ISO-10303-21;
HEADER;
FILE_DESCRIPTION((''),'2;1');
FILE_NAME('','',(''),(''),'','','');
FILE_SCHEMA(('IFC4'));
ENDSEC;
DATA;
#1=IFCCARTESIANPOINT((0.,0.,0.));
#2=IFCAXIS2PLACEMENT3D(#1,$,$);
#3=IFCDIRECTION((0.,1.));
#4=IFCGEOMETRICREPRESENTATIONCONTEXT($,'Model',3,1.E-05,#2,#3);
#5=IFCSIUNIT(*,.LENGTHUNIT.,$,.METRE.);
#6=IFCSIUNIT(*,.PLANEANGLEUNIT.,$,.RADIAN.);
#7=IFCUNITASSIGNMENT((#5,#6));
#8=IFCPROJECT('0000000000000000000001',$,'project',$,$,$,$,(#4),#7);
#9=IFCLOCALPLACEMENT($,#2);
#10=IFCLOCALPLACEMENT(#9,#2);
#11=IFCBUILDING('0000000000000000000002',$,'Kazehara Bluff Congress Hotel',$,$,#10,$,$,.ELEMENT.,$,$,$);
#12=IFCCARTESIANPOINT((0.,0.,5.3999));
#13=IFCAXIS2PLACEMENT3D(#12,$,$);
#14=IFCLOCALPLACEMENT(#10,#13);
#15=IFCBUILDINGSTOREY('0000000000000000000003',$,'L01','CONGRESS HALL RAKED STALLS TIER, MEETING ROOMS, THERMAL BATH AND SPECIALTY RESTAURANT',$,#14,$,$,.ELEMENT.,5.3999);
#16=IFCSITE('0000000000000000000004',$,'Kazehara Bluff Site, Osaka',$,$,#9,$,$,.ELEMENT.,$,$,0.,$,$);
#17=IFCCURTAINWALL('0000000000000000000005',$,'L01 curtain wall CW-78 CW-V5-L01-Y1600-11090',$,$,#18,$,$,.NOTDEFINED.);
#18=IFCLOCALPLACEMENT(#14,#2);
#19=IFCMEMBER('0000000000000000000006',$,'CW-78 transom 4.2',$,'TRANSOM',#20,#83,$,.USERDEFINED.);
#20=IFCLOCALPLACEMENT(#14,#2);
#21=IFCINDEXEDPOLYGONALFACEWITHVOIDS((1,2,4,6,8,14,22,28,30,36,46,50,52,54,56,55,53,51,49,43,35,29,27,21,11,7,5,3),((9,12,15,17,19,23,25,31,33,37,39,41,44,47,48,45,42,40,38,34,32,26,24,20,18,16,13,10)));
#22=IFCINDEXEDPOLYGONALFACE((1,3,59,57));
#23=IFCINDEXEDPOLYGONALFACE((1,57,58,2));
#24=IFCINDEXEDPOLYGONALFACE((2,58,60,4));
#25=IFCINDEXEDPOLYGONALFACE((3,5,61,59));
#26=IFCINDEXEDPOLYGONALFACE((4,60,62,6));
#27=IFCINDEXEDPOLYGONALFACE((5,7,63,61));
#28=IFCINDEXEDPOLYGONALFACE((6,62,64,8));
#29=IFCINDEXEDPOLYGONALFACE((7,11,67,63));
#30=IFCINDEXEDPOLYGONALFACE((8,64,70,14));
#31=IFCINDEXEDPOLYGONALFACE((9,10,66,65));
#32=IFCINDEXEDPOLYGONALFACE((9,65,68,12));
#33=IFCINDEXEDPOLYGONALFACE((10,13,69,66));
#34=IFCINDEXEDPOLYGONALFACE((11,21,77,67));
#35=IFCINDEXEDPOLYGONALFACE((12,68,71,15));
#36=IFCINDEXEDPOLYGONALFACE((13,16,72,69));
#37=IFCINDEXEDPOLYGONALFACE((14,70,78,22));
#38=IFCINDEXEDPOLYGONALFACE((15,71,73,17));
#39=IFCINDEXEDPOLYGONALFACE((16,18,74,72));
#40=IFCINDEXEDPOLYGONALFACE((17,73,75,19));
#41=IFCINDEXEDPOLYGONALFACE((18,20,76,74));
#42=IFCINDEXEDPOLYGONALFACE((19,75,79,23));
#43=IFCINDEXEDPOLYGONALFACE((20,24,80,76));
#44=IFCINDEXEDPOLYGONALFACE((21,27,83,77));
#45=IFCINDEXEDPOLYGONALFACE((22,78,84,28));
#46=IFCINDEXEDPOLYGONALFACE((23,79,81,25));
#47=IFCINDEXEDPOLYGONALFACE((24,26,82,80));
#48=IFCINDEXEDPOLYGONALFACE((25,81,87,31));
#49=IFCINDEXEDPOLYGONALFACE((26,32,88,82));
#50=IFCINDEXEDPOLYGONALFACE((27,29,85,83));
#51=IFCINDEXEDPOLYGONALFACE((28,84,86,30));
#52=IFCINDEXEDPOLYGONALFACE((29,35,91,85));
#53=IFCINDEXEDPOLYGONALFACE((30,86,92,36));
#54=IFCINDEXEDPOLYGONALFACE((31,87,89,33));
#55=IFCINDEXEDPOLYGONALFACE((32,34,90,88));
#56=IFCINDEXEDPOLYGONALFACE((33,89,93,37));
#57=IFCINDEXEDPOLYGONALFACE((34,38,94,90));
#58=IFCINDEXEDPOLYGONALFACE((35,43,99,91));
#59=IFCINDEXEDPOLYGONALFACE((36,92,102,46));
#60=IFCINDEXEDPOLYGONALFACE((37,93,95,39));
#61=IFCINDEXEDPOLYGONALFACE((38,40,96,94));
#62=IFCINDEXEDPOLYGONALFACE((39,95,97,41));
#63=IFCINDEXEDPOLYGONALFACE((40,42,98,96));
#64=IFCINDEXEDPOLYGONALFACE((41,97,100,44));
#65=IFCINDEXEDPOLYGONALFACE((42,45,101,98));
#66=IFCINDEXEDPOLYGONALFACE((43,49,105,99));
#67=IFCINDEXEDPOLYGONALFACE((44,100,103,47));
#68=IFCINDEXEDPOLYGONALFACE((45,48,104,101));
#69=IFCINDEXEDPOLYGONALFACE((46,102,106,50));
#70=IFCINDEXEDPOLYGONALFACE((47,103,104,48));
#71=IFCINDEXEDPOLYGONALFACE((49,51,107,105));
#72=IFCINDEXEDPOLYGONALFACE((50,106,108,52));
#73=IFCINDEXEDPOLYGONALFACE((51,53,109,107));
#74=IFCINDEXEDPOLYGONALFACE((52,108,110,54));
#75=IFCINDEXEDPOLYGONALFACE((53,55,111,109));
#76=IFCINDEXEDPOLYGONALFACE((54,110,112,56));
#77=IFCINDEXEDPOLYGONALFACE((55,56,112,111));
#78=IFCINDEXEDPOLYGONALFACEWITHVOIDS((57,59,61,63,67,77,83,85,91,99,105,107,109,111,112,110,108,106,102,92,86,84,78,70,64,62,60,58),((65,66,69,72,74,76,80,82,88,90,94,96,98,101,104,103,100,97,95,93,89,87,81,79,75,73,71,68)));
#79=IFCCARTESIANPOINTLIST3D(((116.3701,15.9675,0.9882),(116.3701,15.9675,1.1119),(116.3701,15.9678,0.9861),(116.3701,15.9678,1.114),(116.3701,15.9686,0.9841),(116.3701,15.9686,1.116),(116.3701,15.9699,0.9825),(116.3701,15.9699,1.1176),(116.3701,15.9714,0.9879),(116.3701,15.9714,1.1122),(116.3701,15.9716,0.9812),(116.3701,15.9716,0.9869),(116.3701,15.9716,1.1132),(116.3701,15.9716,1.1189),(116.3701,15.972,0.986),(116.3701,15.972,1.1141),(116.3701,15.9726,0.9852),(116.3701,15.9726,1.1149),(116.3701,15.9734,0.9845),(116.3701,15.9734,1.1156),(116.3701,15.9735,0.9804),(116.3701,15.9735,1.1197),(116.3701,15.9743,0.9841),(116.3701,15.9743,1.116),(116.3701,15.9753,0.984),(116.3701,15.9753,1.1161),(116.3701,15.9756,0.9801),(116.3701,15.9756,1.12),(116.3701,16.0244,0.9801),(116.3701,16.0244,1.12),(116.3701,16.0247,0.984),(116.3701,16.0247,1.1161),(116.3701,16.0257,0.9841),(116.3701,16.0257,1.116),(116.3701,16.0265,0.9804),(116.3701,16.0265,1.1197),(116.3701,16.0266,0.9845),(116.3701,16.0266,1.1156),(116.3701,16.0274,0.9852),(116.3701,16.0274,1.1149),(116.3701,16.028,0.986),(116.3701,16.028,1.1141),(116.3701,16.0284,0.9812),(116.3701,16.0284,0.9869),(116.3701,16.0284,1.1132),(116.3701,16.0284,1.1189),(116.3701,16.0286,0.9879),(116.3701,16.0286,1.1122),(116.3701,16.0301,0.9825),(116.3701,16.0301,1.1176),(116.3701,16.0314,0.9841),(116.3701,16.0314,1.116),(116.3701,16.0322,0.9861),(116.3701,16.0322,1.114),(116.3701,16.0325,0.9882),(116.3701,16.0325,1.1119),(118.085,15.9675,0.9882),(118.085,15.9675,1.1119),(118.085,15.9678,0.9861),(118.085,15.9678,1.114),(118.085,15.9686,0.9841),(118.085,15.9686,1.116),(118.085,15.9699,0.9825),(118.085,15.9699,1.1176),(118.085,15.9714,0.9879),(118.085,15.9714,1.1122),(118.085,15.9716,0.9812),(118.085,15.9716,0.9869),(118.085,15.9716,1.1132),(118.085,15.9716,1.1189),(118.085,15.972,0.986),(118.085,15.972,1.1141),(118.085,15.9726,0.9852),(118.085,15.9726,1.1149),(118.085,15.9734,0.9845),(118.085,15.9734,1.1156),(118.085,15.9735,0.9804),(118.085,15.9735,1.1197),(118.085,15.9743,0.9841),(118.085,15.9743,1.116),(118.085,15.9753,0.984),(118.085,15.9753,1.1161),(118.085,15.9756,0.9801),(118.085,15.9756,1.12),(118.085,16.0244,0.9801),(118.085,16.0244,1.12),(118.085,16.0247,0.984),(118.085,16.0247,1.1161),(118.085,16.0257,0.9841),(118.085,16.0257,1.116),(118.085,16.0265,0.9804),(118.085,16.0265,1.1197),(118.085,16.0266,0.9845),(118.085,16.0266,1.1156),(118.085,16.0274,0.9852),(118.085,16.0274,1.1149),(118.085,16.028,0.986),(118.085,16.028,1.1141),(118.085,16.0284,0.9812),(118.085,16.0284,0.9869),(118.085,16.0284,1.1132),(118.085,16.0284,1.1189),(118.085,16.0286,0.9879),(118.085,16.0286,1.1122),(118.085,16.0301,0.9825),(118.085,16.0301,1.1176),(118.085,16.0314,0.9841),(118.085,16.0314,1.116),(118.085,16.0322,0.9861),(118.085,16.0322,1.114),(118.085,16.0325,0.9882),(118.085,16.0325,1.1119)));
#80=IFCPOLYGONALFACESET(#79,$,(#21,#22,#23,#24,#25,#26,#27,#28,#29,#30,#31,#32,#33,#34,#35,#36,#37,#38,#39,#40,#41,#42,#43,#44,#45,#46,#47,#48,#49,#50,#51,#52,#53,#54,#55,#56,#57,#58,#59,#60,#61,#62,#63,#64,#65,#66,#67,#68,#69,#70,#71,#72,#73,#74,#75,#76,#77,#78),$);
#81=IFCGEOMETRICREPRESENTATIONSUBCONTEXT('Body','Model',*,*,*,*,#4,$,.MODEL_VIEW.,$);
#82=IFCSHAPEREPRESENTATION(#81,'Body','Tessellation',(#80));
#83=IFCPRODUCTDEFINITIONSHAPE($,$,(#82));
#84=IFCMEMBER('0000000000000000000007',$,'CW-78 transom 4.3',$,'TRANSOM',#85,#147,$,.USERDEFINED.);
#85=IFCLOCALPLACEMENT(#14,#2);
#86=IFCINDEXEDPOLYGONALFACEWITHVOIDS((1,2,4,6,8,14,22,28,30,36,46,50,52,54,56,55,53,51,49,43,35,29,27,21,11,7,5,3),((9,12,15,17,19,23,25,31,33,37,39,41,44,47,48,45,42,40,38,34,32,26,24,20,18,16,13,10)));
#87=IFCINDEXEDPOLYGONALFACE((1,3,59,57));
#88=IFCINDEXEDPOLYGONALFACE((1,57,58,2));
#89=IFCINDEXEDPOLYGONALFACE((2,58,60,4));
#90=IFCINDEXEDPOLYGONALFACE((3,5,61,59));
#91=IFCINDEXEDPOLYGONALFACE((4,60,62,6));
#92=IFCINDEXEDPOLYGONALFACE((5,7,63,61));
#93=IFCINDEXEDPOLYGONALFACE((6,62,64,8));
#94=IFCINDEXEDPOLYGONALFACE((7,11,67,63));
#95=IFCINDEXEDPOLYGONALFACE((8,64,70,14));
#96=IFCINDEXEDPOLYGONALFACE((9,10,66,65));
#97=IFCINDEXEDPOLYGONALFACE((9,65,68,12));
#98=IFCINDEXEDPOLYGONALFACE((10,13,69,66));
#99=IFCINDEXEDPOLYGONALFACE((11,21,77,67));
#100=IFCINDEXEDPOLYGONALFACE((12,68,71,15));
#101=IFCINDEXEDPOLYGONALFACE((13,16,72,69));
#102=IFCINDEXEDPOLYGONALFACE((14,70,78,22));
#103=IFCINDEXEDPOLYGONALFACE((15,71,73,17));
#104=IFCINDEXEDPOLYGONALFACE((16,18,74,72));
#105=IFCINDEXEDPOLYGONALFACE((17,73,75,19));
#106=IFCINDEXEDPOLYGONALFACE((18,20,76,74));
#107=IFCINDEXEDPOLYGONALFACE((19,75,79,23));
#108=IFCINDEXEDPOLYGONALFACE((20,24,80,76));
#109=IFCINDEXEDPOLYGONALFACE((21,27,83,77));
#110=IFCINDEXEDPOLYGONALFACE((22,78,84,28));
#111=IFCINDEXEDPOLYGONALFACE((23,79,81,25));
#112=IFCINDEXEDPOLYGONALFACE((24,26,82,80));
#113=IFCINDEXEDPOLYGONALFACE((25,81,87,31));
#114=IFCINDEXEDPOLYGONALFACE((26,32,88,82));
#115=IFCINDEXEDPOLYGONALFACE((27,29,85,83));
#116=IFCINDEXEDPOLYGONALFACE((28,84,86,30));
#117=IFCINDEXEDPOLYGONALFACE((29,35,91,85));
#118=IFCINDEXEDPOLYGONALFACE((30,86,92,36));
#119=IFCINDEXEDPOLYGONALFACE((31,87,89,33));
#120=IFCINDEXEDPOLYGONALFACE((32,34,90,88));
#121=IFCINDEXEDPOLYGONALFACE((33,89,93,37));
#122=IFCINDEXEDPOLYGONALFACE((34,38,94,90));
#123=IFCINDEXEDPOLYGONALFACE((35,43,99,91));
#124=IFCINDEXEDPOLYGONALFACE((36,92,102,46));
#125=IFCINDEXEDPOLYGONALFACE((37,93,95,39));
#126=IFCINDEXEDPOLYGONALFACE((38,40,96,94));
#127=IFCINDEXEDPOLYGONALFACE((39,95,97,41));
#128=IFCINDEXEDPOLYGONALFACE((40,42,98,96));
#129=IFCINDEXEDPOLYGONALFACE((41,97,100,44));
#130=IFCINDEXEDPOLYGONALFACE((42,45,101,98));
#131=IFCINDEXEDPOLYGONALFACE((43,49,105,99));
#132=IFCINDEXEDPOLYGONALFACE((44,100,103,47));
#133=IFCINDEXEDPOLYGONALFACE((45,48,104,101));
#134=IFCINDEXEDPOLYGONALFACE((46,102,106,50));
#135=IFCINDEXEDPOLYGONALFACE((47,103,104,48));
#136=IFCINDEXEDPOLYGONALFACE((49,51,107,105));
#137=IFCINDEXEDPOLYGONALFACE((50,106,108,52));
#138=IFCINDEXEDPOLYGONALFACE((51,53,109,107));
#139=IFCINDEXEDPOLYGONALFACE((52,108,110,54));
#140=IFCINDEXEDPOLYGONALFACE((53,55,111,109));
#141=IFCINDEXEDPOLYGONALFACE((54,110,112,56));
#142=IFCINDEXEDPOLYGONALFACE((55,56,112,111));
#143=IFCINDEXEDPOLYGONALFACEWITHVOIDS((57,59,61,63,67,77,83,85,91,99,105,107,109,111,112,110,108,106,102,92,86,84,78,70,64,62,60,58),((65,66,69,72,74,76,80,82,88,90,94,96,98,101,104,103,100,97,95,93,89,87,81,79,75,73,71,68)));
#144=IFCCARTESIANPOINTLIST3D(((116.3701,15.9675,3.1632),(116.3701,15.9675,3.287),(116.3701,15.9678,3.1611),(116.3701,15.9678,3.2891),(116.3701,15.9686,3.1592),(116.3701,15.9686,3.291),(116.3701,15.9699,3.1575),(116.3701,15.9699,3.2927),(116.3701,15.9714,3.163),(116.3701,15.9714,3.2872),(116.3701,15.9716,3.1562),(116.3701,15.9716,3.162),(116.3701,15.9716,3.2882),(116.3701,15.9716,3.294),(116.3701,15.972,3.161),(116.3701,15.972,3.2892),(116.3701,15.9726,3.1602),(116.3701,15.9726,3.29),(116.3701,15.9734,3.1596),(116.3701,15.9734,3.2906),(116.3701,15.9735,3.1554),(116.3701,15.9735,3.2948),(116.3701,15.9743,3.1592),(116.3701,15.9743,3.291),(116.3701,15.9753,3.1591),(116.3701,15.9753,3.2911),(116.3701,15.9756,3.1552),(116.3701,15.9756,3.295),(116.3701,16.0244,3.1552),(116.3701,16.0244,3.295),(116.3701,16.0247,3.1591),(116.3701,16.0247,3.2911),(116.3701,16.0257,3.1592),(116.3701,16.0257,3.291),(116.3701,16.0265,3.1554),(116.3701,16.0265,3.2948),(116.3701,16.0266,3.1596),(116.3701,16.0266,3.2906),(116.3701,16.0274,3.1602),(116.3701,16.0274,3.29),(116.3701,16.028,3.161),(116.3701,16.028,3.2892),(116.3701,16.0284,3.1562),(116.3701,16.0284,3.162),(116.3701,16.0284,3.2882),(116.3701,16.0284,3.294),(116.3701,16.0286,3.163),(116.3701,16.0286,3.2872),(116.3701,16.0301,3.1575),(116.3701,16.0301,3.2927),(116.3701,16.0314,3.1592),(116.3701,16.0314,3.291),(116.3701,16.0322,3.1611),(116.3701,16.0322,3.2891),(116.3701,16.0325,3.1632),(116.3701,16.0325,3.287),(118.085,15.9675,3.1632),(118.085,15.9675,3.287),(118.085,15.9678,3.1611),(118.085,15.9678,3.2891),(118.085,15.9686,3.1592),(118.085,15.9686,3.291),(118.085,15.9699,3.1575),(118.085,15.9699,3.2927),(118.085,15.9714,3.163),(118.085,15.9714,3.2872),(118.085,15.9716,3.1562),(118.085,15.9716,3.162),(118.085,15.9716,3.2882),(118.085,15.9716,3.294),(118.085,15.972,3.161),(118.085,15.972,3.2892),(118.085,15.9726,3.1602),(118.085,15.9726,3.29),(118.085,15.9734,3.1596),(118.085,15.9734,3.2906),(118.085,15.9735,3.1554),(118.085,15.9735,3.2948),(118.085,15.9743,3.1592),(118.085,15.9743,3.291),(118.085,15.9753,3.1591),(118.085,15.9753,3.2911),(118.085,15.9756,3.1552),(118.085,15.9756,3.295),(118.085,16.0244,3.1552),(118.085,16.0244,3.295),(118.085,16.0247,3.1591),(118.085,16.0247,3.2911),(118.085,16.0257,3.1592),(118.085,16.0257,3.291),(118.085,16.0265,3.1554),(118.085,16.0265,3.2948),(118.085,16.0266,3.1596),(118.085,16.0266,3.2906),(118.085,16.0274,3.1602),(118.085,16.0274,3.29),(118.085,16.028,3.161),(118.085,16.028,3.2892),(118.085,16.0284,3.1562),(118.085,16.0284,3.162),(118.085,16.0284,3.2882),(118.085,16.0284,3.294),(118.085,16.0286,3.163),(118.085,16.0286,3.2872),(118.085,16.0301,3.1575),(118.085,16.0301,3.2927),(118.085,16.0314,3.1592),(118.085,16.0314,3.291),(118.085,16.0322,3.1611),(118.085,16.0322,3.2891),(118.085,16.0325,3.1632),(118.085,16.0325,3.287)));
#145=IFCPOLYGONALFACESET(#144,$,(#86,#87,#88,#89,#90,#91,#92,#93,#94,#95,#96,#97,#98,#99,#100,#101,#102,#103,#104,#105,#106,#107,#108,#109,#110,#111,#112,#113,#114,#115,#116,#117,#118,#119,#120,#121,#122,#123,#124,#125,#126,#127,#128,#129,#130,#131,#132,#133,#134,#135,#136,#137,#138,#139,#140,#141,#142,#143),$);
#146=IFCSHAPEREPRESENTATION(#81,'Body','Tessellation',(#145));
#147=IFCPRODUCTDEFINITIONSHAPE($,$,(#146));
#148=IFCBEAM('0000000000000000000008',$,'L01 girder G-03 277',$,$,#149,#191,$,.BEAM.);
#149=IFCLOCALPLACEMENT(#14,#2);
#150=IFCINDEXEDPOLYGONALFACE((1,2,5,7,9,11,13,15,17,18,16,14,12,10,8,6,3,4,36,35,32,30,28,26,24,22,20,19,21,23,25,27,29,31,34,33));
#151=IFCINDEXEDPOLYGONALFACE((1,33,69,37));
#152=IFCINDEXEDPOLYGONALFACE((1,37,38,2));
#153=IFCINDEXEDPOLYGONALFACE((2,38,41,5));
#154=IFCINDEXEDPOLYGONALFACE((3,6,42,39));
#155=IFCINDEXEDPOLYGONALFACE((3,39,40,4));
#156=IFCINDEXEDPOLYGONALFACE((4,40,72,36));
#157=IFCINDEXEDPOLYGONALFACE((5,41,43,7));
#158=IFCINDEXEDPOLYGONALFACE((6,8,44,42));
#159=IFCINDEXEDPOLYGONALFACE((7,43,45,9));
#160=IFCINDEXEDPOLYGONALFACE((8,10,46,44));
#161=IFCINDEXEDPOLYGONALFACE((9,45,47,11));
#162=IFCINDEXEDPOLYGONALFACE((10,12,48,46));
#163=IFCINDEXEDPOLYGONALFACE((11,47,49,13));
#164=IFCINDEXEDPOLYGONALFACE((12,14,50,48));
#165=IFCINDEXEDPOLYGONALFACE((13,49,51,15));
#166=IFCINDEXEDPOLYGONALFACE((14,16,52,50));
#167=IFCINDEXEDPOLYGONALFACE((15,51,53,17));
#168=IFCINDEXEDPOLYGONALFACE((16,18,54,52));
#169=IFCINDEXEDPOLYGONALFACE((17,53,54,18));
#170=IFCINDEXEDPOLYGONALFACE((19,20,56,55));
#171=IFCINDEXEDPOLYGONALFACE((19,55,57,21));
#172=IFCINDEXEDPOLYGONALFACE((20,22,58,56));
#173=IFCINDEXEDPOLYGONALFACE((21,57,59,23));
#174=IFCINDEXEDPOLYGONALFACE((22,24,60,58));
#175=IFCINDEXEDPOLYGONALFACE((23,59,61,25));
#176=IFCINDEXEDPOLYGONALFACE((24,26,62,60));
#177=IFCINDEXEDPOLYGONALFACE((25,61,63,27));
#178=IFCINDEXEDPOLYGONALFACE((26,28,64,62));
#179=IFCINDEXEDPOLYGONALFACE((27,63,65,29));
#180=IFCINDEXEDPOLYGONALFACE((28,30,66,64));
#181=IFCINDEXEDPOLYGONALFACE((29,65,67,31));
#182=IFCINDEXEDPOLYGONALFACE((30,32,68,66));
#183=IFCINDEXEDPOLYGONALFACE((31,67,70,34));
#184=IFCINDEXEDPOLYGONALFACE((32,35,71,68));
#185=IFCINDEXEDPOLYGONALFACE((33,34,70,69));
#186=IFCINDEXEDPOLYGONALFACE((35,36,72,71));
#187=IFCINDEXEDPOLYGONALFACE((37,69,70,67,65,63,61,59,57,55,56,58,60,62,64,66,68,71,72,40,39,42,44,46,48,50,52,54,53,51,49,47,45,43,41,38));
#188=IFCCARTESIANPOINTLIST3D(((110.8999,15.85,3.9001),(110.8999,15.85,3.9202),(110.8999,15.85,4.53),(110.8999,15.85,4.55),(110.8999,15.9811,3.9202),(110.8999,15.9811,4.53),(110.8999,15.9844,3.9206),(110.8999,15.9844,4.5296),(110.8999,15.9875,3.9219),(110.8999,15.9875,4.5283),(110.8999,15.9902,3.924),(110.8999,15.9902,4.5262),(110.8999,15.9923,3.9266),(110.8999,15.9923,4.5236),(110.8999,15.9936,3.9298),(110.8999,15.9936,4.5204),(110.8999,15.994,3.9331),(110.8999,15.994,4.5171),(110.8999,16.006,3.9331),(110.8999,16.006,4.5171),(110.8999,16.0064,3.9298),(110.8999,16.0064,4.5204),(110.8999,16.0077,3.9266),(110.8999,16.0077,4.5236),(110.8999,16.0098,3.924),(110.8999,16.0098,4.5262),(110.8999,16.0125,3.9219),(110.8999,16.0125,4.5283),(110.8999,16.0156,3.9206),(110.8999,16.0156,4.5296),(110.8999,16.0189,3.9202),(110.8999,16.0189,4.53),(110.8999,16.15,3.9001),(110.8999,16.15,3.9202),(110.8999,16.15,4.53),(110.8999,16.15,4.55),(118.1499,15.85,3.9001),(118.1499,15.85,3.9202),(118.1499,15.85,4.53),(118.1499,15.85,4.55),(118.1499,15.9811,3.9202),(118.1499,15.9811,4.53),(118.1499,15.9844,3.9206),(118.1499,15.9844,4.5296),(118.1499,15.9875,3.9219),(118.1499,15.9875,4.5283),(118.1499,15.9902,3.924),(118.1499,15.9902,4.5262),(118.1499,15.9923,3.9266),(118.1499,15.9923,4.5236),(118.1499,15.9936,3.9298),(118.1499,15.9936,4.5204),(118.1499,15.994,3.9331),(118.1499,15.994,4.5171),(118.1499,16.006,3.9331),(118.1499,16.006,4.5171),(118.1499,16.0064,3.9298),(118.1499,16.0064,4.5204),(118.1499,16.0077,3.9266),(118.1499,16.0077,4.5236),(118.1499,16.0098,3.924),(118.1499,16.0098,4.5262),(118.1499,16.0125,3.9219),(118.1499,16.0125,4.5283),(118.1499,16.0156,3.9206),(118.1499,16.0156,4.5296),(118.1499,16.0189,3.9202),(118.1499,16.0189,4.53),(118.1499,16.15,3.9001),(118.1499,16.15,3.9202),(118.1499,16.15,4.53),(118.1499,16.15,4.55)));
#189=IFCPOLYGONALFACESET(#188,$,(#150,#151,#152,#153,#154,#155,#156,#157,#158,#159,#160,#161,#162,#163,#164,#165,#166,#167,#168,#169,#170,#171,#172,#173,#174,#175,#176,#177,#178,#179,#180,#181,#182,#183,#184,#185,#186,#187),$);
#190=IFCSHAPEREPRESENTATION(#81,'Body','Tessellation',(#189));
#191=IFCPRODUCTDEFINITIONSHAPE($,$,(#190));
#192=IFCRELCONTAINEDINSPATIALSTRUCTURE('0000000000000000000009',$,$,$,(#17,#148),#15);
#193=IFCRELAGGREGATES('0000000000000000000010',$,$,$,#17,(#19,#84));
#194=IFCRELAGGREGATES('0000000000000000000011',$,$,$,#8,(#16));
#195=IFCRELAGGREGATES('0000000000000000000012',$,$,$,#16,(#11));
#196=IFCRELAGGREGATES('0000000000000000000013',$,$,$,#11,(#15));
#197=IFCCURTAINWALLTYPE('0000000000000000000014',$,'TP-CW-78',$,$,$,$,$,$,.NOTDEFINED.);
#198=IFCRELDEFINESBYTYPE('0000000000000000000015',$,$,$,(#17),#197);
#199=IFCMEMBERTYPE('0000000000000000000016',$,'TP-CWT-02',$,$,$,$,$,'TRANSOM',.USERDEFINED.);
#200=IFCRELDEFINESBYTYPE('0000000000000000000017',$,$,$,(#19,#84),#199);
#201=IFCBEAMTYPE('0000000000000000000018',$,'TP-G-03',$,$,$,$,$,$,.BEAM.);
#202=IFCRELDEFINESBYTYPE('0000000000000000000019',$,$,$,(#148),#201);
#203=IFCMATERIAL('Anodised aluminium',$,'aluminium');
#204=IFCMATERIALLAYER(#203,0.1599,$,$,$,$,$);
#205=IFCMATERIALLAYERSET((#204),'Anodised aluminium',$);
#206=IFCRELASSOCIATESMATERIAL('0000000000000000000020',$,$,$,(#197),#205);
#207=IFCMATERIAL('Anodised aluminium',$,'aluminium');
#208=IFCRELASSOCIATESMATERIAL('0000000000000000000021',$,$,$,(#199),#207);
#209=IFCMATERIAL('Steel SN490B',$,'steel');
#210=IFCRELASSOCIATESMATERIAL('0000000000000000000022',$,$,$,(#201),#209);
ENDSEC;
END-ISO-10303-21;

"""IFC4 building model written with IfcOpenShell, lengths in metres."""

from ifc_helpers import new_model, si_unit, direction, frame, origin, origin_2d, place, context, subcontext, project, spatial, hollow_rectangle, i_section, extrude, material, layer, layer_set, material_profile, profile_set, type_object, element, aggregate, save


model = new_model("IFC4")

# Units and contexts
model_context = context("Model", 3, precision=1e-05, world=origin(), true_north=direction((0.0, 1.0)))
body_context = subcontext(model_context, "Body", "Model", "MODEL_VIEW")
ifc_project = project(units=[si_unit("LENGTHUNIT", "METRE"), si_unit("PLANEANGLEUNIT", "RADIAN")], contexts=[model_context])

# Site, building, storey
site_placement = place(None, origin())
site = spatial("IfcSite", under=ifc_project, at=site_placement, Name="Kazehara Bluff Site, Osaka", CompositionType="ELEMENT", RefElevation=0.0)
building_placement = place(site_placement, origin())
building = spatial("IfcBuilding", under=site, at=building_placement, Name="Kazehara Bluff Congress Hotel", CompositionType="ELEMENT")
storey_placement = place(building_placement, frame((0.0, 0.0, 5.3999)))
storey = spatial("IfcBuildingStorey", under=building, at=storey_placement, Name="L01", Description="CONGRESS HALL RAKED STALLS TIER, MEETING ROOMS, THERMAL BATH AND SPECIALTY RESTAURANT", CompositionType="ELEMENT", Elevation=5.3999)

# Curtain wall, members
ifc_material_1 = material(Name="Anodised aluminium", Category="aluminium")
ifc_layer_1 = layer(ifc_material_1, 0.1599)
ifc_layer_set_1 = layer_set([ifc_layer_1], Name="Anodised aluminium")
curtain_wall_type = type_object("IfcCurtainWallType", Name="TP-CW-78", PredefinedType="NOTDEFINED", material=ifc_layer_set_1)
curtain_wall_placement = place(storey_placement, origin())
curtain_wall = element("IfcCurtainWall", 1, at=curtain_wall_placement, inside=storey, type_object=curtain_wall_type, Name="L01 curtain wall CW-78 CW-V5-L01-Y1600-11090", PredefinedType="NOTDEFINED")
ifc_material_2 = material(Name="Anodised aluminium", Category="aluminium")
ifc_material_profile_1 = material_profile(ifc_material_2, hollow_rectangle(XDim=0.0649, YDim=0.1399, WallThickness=0.0039, InnerFilletRadius=0.0039, OuterFilletRadius=0.0081, at=origin_2d()))
ifc_profile_set_1 = profile_set([ifc_material_profile_1], Name="Anodised aluminium")
member_type_1 = type_object("IfcMemberType", Name="TP-CWT-02", ElementType="TRANSOM", PredefinedType="USERDEFINED", material=ifc_profile_set_1)
member_1_placement = place(storey_placement, frame((116.3701, 16.0, 1.05), z_axis=(1.0, 0.0, 0.0), x_axis=(0.0, 1.0, 0.0)))
member_1 = element("IfcMember", 2, at=member_1_placement, type_object=member_type_1, Name="CW-78 transom 4.2", ObjectType="TRANSOM", PredefinedType="USERDEFINED", context=body_context, shape_type="SweptSolid", body=[
    extrude(hollow_rectangle(XDim=0.0649, YDim=0.1399, WallThickness=0.0039, InnerFilletRadius=0.0039, OuterFilletRadius=0.0081, at=origin_2d()), origin(), (0.0, 0.0, 1.0), 1.7148),
])
member_2_placement = place(storey_placement, frame((116.3701, 16.0, 3.2251), z_axis=(1.0, 0.0, 0.0), x_axis=(0.0, 1.0, 0.0)))
member_2 = element("IfcMember", 3, at=member_2_placement, type_object=member_type_1, Name="CW-78 transom 4.3", ObjectType="TRANSOM", PredefinedType="USERDEFINED", context=body_context, shape_type="SweptSolid", body=[
    extrude(hollow_rectangle(XDim=0.0649, YDim=0.1399, WallThickness=0.0039, InnerFilletRadius=0.0039, OuterFilletRadius=0.0081, at=origin_2d()), origin(), (0.0, 0.0, 1.0), 1.7148),
])

# Beam
ifc_material_3 = material(Name="Steel SN490B", Category="steel")
ifc_material_profile_2 = material_profile(ifc_material_3, i_section(OverallWidth=0.3, OverallDepth=0.6499, WebThickness=0.012, FlangeThickness=0.02, FilletRadius=0.0129, at=origin_2d()))
ifc_profile_set_2 = profile_set([ifc_material_profile_2], Name="Steel SN490B")
beam_type = type_object("IfcBeamType", Name="TP-G-03", PredefinedType="BEAM", material=ifc_profile_set_2)
beam_placement = place(storey_placement, frame((110.8999, 16.0, 4.2251), z_axis=(1.0, 0.0, 0.0), x_axis=(0.0, 1.0, 0.0)))
element("IfcBeam", 4, at=beam_placement, inside=storey, type_object=beam_type, Name="L01 girder G-03 277", PredefinedType="BEAM", context=body_context, shape_type="SweptSolid", body=[
    extrude(i_section(OverallWidth=0.3, OverallDepth=0.6499, WebThickness=0.012, FlangeThickness=0.02, FilletRadius=0.0129, at=origin_2d()), origin(), (0.0, 0.0, 1.0), 7.25),
])

aggregate(curtain_wall, [member_1, member_2])

save(model, "model.ifc")
